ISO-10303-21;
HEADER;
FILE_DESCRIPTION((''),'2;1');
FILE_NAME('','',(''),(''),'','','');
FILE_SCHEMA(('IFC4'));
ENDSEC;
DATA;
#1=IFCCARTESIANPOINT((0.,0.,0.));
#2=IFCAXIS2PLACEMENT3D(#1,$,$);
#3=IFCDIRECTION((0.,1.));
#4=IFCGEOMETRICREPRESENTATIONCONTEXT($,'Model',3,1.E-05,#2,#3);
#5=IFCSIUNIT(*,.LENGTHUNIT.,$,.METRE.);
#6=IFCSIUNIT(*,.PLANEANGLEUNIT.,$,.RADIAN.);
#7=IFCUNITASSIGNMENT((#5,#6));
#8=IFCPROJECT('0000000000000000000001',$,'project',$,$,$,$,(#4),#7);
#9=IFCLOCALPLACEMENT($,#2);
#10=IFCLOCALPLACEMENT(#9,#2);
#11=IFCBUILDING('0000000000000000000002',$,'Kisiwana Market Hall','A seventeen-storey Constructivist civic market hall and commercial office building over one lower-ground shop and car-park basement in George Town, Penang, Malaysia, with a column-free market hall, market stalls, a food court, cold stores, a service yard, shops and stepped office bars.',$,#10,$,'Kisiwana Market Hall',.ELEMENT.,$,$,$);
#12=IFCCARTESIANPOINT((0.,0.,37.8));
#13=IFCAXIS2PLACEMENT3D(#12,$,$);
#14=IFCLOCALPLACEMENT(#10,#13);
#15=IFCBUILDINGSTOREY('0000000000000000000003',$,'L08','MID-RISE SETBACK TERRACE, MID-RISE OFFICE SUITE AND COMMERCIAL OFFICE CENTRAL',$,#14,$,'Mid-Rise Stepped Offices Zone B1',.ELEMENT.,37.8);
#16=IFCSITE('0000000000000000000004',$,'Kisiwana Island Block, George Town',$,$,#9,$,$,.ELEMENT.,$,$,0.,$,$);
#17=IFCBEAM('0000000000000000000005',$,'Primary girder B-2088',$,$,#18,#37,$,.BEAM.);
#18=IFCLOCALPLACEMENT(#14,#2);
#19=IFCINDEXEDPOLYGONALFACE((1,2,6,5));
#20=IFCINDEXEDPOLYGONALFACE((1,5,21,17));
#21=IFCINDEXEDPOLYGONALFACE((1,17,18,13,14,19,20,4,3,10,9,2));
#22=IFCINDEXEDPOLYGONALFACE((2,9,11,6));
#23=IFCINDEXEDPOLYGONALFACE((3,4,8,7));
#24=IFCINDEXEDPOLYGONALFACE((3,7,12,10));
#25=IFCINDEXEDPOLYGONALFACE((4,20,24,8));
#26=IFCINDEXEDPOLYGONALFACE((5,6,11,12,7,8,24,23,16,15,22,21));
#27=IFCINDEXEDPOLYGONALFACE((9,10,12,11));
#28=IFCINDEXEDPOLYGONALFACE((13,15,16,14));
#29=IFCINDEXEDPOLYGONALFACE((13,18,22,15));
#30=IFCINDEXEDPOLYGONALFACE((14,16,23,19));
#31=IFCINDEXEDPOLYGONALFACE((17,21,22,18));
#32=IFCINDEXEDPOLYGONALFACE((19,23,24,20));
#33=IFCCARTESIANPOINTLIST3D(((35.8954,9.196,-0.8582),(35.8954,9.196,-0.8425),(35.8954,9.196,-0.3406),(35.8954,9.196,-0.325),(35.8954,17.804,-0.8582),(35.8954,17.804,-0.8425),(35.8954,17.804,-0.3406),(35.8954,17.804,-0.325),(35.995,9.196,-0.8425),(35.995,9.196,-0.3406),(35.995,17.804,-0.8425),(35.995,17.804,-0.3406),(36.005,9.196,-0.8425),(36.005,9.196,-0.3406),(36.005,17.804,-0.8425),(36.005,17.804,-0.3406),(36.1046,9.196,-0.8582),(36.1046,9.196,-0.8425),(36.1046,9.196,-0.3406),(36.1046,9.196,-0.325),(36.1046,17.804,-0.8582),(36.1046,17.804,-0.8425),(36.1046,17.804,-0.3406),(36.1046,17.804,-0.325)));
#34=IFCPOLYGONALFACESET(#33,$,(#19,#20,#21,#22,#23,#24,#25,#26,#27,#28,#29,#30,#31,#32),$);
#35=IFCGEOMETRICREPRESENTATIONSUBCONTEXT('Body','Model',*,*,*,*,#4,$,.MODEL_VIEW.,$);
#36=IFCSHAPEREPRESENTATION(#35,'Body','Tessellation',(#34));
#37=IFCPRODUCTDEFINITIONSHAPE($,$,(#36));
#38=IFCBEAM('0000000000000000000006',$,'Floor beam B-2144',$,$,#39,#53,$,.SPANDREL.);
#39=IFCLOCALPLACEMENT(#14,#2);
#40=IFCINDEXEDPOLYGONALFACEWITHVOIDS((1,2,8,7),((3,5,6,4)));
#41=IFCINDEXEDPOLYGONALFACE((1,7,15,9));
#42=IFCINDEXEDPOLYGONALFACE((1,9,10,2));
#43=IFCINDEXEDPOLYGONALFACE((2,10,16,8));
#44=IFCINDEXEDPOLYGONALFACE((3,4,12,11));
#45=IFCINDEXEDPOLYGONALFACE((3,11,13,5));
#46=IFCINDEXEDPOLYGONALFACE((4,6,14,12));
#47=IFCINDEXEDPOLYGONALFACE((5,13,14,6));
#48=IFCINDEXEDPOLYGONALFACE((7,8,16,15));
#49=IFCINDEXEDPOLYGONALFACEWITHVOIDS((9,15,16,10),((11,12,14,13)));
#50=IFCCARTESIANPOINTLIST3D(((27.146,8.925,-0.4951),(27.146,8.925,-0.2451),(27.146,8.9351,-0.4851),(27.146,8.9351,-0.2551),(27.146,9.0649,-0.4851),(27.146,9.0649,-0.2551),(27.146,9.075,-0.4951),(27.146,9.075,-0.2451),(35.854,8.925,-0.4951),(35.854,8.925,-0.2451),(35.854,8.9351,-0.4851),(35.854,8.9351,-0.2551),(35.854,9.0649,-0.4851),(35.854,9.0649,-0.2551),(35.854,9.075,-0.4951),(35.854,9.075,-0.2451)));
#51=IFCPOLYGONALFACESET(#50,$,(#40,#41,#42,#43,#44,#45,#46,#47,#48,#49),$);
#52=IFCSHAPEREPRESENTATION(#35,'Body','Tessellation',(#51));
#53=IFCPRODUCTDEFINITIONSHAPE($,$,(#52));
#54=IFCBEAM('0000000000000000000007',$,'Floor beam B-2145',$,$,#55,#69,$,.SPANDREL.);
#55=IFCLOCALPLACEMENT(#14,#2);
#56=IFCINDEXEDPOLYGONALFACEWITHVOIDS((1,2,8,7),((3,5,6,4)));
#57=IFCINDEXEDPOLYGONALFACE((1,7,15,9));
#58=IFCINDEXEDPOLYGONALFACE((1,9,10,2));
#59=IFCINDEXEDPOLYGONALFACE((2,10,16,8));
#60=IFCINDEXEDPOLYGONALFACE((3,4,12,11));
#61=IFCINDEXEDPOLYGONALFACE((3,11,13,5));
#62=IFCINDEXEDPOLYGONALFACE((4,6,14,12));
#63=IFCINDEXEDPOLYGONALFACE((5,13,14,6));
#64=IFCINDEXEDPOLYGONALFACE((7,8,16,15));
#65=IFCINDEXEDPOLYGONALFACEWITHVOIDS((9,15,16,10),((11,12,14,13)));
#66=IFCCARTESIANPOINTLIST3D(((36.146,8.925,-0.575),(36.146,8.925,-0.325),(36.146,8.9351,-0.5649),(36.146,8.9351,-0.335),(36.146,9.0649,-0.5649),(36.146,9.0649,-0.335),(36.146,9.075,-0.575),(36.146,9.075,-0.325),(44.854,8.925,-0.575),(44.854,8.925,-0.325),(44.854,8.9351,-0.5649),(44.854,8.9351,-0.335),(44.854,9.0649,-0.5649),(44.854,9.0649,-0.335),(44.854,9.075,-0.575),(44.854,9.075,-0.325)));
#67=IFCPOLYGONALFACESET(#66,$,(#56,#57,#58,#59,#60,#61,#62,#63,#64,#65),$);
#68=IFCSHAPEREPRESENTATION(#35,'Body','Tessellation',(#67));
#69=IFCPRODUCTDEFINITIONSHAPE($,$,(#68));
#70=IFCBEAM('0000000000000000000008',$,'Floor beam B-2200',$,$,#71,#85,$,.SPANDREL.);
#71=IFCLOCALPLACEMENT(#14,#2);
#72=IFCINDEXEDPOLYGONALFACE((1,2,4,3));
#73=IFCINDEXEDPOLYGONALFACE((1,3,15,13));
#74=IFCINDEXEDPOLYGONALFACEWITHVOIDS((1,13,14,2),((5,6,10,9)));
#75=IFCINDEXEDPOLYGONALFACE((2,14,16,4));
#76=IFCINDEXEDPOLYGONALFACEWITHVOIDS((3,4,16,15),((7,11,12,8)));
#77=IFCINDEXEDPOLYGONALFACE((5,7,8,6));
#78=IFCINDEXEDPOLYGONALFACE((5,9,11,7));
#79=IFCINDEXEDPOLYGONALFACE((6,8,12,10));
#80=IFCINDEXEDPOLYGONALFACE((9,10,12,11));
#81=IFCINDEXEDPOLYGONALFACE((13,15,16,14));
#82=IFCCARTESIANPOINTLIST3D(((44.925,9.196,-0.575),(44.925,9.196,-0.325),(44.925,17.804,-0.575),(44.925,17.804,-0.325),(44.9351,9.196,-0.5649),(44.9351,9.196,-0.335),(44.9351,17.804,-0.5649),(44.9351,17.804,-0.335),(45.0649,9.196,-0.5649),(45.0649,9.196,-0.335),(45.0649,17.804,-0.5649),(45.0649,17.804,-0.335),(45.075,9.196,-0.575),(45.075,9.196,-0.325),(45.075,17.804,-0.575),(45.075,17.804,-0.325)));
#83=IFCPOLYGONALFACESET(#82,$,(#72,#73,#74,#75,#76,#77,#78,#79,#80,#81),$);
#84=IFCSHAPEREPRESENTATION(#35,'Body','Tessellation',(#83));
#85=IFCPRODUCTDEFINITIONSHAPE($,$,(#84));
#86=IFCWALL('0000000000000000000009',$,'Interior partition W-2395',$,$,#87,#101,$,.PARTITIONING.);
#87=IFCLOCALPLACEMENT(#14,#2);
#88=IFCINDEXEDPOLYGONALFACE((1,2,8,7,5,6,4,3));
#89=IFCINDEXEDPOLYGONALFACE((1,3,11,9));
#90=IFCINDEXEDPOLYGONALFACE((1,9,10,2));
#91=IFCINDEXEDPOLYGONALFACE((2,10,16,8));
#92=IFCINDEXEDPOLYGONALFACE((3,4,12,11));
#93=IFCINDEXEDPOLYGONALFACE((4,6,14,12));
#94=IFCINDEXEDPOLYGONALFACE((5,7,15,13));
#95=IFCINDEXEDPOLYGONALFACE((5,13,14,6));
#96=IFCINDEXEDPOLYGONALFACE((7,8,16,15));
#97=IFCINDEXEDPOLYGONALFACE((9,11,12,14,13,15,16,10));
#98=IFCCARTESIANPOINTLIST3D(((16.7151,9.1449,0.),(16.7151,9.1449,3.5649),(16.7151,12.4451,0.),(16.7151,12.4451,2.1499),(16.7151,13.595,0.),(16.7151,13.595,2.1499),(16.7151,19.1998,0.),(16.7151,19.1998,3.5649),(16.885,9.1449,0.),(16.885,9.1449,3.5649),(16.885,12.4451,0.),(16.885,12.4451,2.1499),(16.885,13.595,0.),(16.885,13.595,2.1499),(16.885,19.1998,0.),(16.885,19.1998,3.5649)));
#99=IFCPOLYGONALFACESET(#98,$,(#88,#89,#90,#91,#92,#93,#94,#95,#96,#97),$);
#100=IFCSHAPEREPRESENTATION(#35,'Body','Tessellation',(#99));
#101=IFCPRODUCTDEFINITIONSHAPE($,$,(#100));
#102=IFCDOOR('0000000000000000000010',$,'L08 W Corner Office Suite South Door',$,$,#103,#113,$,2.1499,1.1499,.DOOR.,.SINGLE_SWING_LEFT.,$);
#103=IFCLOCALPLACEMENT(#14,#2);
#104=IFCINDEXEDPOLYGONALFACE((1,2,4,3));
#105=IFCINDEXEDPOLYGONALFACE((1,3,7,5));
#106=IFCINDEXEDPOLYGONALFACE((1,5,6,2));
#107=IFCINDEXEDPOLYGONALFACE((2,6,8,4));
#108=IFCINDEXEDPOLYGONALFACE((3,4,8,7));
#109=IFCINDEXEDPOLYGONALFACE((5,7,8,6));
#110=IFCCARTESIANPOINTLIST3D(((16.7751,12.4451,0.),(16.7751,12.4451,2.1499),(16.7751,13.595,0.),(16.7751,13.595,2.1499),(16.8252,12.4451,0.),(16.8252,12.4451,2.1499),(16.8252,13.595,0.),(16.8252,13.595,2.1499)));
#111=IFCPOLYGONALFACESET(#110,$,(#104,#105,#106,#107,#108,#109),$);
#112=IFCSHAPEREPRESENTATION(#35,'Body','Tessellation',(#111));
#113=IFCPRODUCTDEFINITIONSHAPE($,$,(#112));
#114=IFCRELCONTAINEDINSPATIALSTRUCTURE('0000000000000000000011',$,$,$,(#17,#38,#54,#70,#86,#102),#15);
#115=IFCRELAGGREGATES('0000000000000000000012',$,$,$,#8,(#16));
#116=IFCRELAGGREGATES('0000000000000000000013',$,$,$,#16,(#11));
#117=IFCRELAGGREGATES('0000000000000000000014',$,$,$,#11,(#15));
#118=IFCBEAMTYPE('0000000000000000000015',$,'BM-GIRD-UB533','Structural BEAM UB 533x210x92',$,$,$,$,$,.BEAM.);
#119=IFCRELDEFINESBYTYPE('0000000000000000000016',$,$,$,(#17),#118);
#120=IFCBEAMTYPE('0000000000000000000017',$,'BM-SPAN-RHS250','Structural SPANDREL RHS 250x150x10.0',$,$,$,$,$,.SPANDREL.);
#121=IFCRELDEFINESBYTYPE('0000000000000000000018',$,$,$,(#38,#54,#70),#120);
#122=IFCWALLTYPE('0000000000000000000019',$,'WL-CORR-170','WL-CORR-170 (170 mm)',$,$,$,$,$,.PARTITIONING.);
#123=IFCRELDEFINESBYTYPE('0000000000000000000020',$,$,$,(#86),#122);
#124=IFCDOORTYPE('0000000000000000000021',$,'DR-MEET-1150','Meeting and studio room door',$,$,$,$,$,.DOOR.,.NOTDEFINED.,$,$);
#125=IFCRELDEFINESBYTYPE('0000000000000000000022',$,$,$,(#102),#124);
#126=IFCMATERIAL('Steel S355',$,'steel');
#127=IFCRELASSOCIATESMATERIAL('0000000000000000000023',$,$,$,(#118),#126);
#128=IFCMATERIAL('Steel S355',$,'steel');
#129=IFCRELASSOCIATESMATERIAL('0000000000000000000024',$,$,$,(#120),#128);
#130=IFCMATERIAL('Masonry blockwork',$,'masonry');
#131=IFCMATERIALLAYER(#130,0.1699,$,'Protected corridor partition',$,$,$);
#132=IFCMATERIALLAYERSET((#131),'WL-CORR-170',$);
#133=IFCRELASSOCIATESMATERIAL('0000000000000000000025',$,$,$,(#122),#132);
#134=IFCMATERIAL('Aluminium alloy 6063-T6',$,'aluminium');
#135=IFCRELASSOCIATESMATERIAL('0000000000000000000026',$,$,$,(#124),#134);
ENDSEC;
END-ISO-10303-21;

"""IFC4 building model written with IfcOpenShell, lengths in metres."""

from ifc_helpers import new_model, si_unit, direction, frame, frame_2d, origin, origin_2d, place, context, subcontext, project, spatial, rectangle, hollow_rectangle, i_section, extrude, material, layer, layer_set, material_profile, profile_set, type_object, element, fill, save


model = new_model("IFC4")

# Units and contexts
model_context = context("Model", 3, precision=1e-05, world=origin(), true_north=direction((0.0, 1.0)))
body_context = subcontext(model_context, "Body", "Model", "MODEL_VIEW")
ifc_project = project(units=[si_unit("LENGTHUNIT", "METRE"), si_unit("PLANEANGLEUNIT", "RADIAN")], contexts=[model_context])

# Site, building, storey
site_placement = place(None, origin())
site = spatial("IfcSite", under=ifc_project, at=site_placement, Name="Kisiwana Island Block, George Town", CompositionType="ELEMENT", RefElevation=0.0)
building_placement = place(site_placement, origin())
building = spatial("IfcBuilding", under=site, at=building_placement, Name="Kisiwana Market Hall", Description="A seventeen-storey Constructivist civic market hall and commercial office building over one lower-ground shop and car-park basement in George Town, Penang, Malaysia, with a column-free market hall, market stalls, a food court, cold stores, a service yard, shops and stepped office bars.", LongName="Kisiwana Market Hall", CompositionType="ELEMENT")
storey_placement = place(building_placement, frame((0.0, 0.0, 37.8)))
storey = spatial("IfcBuildingStorey", under=building, at=storey_placement, Name="L08", Description="MID-RISE SETBACK TERRACE, MID-RISE OFFICE SUITE AND COMMERCIAL OFFICE CENTRAL", LongName="Mid-Rise Stepped Offices Zone B1", CompositionType="ELEMENT", Elevation=37.8)

# Beams
ifc_material_1 = material(Name="Steel S355", Category="steel")
ifc_material_profile_1 = material_profile(ifc_material_1, i_section(OverallWidth=0.2092, OverallDepth=0.5332, WebThickness=0.01, FlangeThickness=0.0156, at=origin_2d()), Name="UB 533x210x92")
ifc_profile_set_1 = profile_set([ifc_material_profile_1], Name="Steel S355")
beam_type_1 = type_object("IfcBeamType", Name="BM-GIRD-UB533", Description="Structural BEAM UB 533x210x92", PredefinedType="BEAM", material=ifc_profile_set_1)
beam_1_placement = place(storey_placement, frame((36.0, 9.196, -0.5916), z_axis=(0.0, 1.0, 0.0), x_axis=(-1.0, 0.0, 0.0)))
element("IfcBeam", 1, at=beam_1_placement, inside=storey, type_object=beam_type_1, Name="Primary girder B-2088", PredefinedType="BEAM", context=body_context, shape_type="SweptSolid", body=[
    extrude(i_section(OverallWidth=0.2092, OverallDepth=0.5332, WebThickness=0.01, FlangeThickness=0.0156, at=origin_2d()), origin(), (0.0, 0.0, 1.0), 8.6079),
])
ifc_material_2 = material(Name="Steel S355", Category="steel")
ifc_material_profile_2 = material_profile(ifc_material_2, hollow_rectangle(XDim=0.1499, YDim=0.25, WallThickness=0.01, at=origin_2d()), Name="RHS 250x150x10.0")
ifc_profile_set_2 = profile_set([ifc_material_profile_2], Name="Steel S355")
beam_type_2 = type_object("IfcBeamType", Name="BM-SPAN-RHS250", Description="Structural SPANDREL RHS 250x150x10.0", PredefinedType="SPANDREL", material=ifc_profile_set_2)
for number, where, z_axis, x_axis, name in (
    (2, (27.146, 9.0, -0.3701), (1.0, 0.0, 0.0), (0.0, 1.0, 0.0), "Floor beam B-2144"),
    (3, (36.146, 9.0, -0.45), (1.0, 0.0, 0.0), (0.0, 1.0, 0.0), "Floor beam B-2145"),
):
    element("IfcBeam", number, at=place(storey_placement, frame(where, z_axis=z_axis, x_axis=x_axis)), inside=storey, type_object=beam_type_2, Name=name, PredefinedType="SPANDREL", context=body_context, shape_type="SweptSolid", body=[
        extrude(hollow_rectangle(XDim=0.1499, YDim=0.25, WallThickness=0.01, at=origin_2d()), origin(), (0.0, 0.0, 1.0), 8.708),
    ])
beam_2_placement = place(storey_placement, frame((45.0, 9.196, -0.45), z_axis=(0.0, 1.0, 0.0), x_axis=(-1.0, 0.0, 0.0)))
element("IfcBeam", 4, at=beam_2_placement, inside=storey, type_object=beam_type_2, Name="Floor beam B-2200", PredefinedType="SPANDREL", context=body_context, shape_type="SweptSolid", body=[
    extrude(hollow_rectangle(XDim=0.1499, YDim=0.25, WallThickness=0.01, at=origin_2d()), origin(), (0.0, 0.0, 1.0), 8.6079),
])

# Wall, opening, door
ifc_material_3 = material(Name="Masonry blockwork", Category="masonry")
ifc_layer_1 = layer(ifc_material_3, 0.1699, Name="Protected corridor partition")
ifc_layer_set_1 = layer_set([ifc_layer_1], Name="WL-CORR-170")
wall_type_1 = type_object("IfcWallType", Name="WL-CORR-170", Description="WL-CORR-170 (170 mm)", PredefinedType="PARTITIONING", material=ifc_layer_set_1)
wall_1_placement = place(storey_placement, frame((16.8, 9.145, 0.0), z_axis=(0.0, 0.0, 1.0), x_axis=(0.0, 1.0, 0.0)))
wall_1 = element("IfcWall", 5, at=wall_1_placement, inside=storey, type_object=wall_type_1, Name="Interior partition W-2395", PredefinedType="PARTITIONING", context=body_context, shape_type="SweptSolid", body=[
    extrude(rectangle(XDim=10.0549, YDim=0.1699, at=frame_2d((5.0273, 0.0))), origin(), (0.0, 0.0, 1.0), 3.5649),
])
opening_1_placement = place(wall_1_placement, frame((3.3, 0.0, 0.0)))
opening_1 = element("IfcOpeningElement", 6, at=opening_1_placement, cuts=wall_1, PredefinedType="OPENING", context=body_context, shape_type="SweptSolid", body=[
    extrude(rectangle(XDim=1.1499, YDim=2.1499, at=frame_2d((0.575, 1.075))), frame((0.0, 0.0969, 0.0), z_axis=(0.0, -1.0, 0.0), x_axis=(1.0, 0.0, 0.0)), (0.0, 0.0, 1.0), 0.1938),
])
ifc_material_4 = material(Name="Aluminium alloy 6063-T6", Category="aluminium")
door_type_1 = type_object("IfcDoorType", Name="DR-MEET-1150", Description="Meeting and studio room door", OperationType="NOTDEFINED", PredefinedType="DOOR", material=ifc_material_4)
door_1_placement = place(opening_1_placement, origin())
door_1 = element("IfcDoor", 7, at=door_1_placement, inside=storey, type_object=door_type_1, Name="L08 W Corner Office Suite South Door", OperationType="SINGLE_SWING_LEFT", OverallHeight=2.1499, OverallWidth=1.1499, PredefinedType="DOOR", context=body_context, shape_type="SweptSolid", body=[
    extrude(rectangle(XDim=1.1499, YDim=2.1499, at=frame_2d((0.575, 1.075))), frame((0.0, 0.0249, 0.0), z_axis=(0.0, -1.0, 0.0), x_axis=(1.0, 0.0, 0.0)), (0.0, 0.0, 1.0), 0.05),
])
fill(opening_1, door_1)

save(model, "model.ifc")
